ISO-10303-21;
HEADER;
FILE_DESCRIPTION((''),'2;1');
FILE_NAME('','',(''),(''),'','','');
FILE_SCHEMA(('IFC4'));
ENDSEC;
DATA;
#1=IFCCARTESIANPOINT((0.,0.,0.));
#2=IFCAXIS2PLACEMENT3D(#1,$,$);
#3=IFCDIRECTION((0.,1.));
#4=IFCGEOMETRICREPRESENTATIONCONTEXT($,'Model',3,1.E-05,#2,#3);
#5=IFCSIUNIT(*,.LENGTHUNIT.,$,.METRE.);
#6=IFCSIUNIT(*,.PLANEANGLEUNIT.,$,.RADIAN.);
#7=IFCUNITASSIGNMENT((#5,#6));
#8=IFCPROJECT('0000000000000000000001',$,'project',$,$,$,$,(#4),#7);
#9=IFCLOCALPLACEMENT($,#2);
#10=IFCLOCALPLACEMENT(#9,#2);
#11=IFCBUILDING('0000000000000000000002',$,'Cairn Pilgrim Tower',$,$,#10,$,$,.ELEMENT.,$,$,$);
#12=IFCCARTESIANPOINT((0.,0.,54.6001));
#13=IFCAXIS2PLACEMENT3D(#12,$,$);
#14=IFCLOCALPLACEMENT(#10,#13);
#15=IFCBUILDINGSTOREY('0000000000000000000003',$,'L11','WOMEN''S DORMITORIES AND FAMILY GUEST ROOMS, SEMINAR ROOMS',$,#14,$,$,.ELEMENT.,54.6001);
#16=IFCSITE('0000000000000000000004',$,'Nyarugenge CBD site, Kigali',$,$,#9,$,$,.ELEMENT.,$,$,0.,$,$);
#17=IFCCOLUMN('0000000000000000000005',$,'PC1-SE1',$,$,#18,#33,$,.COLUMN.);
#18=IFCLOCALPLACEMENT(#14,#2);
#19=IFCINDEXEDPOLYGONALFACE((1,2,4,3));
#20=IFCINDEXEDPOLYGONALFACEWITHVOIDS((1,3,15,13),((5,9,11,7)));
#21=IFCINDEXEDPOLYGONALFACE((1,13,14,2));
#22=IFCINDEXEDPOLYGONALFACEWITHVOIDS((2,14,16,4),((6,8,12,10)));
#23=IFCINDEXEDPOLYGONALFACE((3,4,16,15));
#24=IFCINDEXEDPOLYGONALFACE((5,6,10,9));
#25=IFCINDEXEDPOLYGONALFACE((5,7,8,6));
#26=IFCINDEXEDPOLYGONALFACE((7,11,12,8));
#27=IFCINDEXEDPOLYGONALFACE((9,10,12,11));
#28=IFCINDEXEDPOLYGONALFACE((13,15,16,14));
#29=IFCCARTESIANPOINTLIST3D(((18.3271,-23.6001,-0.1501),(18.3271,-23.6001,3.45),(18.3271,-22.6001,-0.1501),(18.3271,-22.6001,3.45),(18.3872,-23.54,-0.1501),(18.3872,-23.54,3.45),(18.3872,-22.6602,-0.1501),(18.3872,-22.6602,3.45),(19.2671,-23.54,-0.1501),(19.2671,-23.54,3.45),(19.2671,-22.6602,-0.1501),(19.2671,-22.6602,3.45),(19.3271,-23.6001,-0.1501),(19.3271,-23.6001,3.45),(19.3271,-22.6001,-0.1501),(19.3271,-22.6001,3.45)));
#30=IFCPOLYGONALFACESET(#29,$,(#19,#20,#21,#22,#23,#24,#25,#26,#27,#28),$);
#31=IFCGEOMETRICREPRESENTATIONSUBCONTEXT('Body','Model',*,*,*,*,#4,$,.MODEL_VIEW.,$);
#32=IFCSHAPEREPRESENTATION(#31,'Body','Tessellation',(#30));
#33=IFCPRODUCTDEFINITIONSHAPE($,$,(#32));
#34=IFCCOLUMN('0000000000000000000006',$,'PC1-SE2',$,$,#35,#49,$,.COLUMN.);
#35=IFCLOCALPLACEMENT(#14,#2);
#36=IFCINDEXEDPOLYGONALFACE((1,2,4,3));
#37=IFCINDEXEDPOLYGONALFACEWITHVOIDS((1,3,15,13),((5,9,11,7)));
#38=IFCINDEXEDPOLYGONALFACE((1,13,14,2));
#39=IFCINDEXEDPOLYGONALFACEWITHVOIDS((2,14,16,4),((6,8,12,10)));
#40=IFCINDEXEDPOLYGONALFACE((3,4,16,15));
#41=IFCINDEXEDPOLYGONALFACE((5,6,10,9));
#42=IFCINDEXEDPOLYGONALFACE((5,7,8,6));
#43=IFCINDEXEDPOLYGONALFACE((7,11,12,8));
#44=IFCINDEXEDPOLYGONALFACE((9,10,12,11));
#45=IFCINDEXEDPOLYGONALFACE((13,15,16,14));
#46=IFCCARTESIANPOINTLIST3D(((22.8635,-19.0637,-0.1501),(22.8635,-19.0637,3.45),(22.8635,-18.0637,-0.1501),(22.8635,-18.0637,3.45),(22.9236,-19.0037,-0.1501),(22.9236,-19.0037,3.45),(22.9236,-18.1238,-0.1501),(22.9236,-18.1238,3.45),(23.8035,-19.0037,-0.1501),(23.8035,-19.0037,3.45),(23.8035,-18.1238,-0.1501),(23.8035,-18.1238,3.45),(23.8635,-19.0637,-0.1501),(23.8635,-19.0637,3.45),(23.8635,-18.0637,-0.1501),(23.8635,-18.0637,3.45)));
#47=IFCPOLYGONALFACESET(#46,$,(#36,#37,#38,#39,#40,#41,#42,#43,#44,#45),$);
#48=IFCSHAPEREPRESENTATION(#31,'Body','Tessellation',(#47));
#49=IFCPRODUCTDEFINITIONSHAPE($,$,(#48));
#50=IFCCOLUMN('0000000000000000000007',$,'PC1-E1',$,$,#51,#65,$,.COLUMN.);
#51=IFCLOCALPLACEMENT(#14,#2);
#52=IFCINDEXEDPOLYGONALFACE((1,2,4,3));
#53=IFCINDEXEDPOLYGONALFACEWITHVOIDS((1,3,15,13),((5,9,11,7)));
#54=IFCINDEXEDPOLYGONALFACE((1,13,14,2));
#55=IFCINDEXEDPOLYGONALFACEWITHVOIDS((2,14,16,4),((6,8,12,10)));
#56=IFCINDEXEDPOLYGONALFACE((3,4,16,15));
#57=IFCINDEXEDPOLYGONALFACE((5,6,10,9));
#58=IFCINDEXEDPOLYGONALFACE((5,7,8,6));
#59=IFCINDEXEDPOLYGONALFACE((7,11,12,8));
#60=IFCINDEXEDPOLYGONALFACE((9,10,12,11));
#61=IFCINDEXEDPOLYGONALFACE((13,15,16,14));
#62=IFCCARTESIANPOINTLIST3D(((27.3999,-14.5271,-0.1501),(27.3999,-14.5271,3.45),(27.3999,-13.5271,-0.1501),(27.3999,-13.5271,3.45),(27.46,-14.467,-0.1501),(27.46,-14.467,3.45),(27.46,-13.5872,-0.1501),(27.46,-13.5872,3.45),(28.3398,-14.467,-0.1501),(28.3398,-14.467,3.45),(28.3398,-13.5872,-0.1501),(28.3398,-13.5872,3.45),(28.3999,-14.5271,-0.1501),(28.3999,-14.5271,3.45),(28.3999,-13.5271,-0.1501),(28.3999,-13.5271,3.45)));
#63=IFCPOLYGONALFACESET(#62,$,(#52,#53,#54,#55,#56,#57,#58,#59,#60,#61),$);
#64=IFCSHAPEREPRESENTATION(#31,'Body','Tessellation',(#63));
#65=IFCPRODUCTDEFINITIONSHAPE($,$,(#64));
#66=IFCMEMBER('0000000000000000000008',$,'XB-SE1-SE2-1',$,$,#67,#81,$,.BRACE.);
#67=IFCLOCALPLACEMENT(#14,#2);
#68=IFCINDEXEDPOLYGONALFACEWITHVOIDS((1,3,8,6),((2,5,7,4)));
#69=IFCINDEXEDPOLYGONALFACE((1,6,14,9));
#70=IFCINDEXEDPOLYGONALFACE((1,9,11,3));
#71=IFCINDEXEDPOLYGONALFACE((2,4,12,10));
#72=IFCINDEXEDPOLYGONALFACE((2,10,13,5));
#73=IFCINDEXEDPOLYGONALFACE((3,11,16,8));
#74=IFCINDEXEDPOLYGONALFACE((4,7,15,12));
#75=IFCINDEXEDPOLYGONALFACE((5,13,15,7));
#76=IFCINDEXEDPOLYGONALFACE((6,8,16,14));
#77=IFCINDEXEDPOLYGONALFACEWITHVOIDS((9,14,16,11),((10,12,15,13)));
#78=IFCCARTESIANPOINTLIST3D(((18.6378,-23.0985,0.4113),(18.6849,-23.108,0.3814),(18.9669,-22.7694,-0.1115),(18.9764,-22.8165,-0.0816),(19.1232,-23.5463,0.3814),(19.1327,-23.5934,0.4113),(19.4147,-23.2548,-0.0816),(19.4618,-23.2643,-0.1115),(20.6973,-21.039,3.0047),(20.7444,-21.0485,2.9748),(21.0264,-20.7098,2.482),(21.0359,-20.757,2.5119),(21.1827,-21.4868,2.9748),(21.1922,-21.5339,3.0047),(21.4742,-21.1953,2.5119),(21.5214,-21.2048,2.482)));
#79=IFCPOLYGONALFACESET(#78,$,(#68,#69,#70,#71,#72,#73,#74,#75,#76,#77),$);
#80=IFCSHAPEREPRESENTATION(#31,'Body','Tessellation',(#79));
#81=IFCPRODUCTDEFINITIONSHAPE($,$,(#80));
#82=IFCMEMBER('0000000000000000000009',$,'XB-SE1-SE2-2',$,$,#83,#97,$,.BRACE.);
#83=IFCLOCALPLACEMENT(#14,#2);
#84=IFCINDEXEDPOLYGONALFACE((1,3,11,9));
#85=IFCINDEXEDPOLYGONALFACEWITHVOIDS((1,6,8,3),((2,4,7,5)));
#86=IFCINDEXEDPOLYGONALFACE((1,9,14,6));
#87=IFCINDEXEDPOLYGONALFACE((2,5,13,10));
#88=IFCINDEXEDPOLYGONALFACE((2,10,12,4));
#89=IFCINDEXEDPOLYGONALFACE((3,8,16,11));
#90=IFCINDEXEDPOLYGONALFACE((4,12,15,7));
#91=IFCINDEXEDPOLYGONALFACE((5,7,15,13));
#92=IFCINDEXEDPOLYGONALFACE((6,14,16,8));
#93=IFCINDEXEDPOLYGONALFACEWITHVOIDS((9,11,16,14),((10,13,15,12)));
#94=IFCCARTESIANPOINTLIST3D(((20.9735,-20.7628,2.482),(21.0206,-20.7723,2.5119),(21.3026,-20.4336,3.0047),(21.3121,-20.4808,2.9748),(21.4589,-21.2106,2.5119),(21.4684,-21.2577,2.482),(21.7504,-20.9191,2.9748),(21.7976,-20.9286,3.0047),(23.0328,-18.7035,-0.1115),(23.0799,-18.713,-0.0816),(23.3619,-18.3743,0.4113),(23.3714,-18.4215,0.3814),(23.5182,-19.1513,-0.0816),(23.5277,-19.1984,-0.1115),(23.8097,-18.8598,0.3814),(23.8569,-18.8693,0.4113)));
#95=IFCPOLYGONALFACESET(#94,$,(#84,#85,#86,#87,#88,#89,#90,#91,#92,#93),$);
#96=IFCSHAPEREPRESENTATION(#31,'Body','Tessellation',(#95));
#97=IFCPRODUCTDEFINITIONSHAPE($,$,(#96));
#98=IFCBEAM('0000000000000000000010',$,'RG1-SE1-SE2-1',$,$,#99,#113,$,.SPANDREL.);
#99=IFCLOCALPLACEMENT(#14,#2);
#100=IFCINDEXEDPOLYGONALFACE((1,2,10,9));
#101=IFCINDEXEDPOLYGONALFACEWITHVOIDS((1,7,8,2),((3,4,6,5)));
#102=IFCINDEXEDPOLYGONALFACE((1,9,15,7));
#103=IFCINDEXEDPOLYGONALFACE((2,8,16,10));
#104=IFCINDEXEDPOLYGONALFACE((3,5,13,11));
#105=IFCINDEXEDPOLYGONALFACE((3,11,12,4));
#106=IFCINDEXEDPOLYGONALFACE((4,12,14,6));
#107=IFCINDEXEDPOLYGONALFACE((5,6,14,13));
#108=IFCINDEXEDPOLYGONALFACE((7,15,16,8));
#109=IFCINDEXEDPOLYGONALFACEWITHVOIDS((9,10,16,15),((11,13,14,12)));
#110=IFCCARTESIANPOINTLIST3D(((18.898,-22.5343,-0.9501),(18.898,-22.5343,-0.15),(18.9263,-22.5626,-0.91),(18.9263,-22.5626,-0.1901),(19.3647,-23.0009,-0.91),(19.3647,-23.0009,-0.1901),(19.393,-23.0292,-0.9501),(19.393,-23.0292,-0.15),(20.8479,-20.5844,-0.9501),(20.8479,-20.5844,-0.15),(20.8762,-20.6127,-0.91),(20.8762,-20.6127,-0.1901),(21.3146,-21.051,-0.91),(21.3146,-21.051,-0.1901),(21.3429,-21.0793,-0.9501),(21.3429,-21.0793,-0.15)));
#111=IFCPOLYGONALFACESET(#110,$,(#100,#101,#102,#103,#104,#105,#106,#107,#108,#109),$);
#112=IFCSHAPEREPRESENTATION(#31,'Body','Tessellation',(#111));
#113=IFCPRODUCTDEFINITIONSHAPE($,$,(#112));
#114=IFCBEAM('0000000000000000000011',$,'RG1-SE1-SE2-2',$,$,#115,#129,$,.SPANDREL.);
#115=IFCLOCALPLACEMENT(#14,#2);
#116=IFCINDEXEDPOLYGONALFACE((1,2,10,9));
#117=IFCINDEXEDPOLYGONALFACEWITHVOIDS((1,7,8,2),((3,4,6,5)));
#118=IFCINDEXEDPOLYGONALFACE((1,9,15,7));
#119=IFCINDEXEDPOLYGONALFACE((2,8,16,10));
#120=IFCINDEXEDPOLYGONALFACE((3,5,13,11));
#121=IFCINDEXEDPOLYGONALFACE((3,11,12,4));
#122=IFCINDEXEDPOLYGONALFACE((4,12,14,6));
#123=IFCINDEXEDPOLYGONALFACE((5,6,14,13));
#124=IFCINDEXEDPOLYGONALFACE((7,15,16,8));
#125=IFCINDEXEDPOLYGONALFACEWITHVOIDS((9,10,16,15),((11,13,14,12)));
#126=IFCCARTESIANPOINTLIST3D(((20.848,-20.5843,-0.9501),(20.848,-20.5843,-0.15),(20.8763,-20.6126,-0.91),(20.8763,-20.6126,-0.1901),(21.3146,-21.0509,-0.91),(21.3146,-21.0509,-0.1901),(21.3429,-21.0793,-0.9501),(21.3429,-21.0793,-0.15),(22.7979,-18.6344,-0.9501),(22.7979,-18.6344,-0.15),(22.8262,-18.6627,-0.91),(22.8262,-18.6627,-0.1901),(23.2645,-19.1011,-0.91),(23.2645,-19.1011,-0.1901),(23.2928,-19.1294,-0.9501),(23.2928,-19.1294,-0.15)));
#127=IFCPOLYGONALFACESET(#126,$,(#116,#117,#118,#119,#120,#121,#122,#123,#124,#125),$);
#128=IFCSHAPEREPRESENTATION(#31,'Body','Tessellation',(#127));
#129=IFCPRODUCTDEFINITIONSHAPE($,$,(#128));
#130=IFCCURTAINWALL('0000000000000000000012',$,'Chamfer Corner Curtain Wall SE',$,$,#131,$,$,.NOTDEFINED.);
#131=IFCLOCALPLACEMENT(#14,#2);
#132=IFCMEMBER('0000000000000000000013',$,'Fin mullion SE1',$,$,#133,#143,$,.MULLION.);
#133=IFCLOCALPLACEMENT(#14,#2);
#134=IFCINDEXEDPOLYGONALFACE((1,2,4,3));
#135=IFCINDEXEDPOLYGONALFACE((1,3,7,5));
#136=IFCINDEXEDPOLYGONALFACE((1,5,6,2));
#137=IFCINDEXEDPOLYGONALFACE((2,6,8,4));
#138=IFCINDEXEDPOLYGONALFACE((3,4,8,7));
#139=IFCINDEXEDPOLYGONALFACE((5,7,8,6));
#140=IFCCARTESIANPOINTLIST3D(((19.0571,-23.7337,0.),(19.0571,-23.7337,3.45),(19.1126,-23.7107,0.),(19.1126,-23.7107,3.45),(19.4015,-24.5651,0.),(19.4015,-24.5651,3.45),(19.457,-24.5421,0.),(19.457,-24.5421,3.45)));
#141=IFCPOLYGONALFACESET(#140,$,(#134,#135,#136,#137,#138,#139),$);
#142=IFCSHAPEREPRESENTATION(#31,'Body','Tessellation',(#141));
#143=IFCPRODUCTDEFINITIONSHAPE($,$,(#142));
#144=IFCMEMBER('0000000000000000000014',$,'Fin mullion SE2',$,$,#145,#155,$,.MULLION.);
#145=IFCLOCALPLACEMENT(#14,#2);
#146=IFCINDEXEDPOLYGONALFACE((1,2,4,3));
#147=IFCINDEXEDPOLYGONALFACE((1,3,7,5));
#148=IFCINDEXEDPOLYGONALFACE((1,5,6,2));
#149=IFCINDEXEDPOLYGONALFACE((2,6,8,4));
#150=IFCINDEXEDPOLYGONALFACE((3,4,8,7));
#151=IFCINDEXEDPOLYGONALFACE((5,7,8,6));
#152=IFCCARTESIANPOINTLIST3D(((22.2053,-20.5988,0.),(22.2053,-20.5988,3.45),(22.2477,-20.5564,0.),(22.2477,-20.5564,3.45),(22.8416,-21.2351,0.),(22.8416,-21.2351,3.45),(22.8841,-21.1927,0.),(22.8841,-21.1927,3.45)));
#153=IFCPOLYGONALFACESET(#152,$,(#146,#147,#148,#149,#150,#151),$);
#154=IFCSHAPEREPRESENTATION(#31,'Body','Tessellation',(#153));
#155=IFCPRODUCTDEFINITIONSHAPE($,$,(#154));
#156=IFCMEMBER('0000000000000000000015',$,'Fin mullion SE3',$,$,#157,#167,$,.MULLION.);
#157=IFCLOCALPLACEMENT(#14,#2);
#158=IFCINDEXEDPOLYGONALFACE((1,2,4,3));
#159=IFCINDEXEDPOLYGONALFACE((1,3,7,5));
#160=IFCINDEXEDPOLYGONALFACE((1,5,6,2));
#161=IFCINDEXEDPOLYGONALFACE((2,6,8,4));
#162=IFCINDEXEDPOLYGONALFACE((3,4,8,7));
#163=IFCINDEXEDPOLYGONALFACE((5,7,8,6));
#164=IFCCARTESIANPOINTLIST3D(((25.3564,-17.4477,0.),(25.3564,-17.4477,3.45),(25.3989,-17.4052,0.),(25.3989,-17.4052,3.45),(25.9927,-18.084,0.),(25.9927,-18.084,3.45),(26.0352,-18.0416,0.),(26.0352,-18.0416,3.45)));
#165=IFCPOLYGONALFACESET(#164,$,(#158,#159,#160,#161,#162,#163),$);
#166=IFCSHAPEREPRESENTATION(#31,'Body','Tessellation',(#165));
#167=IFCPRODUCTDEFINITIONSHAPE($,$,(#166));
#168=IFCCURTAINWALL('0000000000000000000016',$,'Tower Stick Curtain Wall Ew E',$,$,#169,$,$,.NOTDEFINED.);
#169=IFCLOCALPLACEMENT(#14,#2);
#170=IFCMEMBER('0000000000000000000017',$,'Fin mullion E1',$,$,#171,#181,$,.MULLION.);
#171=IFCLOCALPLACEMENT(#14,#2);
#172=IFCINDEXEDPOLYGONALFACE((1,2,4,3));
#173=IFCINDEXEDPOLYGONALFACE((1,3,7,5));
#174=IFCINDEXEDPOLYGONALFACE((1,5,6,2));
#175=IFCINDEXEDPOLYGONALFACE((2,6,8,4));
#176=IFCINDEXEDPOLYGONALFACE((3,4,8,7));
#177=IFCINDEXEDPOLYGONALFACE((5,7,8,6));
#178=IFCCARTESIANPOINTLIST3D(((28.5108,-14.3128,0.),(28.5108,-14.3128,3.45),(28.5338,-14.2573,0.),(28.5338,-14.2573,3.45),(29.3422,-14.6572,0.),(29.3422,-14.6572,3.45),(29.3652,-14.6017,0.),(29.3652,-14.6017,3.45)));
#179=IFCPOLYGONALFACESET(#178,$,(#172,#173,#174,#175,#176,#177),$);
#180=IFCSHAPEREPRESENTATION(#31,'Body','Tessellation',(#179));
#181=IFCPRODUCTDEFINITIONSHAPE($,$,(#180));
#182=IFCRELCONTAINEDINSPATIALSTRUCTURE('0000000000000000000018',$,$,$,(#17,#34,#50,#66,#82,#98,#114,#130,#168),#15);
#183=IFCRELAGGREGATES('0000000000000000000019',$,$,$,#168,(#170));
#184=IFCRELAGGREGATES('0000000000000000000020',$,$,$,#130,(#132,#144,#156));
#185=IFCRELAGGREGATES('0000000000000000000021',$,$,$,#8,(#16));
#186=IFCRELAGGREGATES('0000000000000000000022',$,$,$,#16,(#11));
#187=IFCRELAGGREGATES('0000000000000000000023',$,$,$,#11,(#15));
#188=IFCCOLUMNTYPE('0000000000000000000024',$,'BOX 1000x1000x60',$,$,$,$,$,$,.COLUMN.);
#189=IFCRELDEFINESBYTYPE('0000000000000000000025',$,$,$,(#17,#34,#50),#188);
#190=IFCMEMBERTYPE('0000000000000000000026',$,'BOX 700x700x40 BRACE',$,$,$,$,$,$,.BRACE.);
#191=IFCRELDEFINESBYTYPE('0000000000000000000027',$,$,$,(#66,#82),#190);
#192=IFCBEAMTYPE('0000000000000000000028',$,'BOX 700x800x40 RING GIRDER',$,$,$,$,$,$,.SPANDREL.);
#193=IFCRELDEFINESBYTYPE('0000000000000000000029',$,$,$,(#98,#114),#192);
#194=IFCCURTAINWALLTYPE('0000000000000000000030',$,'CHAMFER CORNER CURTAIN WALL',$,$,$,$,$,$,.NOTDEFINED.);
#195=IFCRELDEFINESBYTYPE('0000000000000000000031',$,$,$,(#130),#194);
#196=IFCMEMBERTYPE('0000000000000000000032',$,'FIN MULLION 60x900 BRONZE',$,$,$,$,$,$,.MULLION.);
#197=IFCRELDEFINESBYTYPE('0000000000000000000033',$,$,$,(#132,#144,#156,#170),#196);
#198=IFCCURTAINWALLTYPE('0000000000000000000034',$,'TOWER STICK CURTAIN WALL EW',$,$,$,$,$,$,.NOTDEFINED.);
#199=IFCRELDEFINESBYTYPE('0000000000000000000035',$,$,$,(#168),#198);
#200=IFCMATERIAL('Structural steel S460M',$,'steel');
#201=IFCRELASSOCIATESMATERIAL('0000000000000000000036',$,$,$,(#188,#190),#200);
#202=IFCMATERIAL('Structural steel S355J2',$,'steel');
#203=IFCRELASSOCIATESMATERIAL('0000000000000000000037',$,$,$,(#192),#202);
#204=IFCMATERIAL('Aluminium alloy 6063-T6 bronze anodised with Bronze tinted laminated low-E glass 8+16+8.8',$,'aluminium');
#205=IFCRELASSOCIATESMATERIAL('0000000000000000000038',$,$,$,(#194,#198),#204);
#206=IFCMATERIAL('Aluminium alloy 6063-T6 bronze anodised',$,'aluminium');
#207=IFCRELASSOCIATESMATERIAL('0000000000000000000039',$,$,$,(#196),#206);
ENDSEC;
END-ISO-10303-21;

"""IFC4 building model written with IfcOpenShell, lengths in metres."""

from ifc_helpers import new_model, si_unit, direction, frame, origin, origin_2d, place, context, subcontext, project, spatial, rectangle, hollow_rectangle, extrude, material, material_profile, profile_set, type_object, element, aggregate, save


model = new_model("IFC4")

# Units and contexts
model_context = context("Model", 3, precision=1e-05, world=origin(), true_north=direction((0.0, 1.0)))
body_context = subcontext(model_context, "Body", "Model", "MODEL_VIEW")
ifc_project = project(units=[si_unit("LENGTHUNIT", "METRE"), si_unit("PLANEANGLEUNIT", "RADIAN")], contexts=[model_context])

# Site, building, storey
site_placement = place(None, origin())
site = spatial("IfcSite", under=ifc_project, at=site_placement, Name="Nyarugenge CBD site, Kigali", CompositionType="ELEMENT", RefElevation=0.0)
building_placement = place(site_placement, origin())
building = spatial("IfcBuilding", under=site, at=building_placement, Name="Cairn Pilgrim Tower", CompositionType="ELEMENT")
storey_placement = place(building_placement, frame((0.0, 0.0, 54.6001)))
storey = spatial("IfcBuildingStorey", under=building, at=storey_placement, Name="L11", Description="WOMEN'S DORMITORIES AND FAMILY GUEST ROOMS, SEMINAR ROOMS", CompositionType="ELEMENT", Elevation=54.6001)

# Columns
ifc_material_1 = material(Name="Structural steel S460M", Category="steel")
ifc_material_profile_1 = material_profile(ifc_material_1, hollow_rectangle(XDim=1.0, YDim=1.0, WallThickness=0.0601, at=origin_2d()), Name="BOX 1000x1000x60")
ifc_profile_set_1 = profile_set([ifc_material_profile_1], Name="Structural steel S460M")
column_type = type_object("IfcColumnType", Name="BOX 1000x1000x60", PredefinedType="COLUMN", material=ifc_profile_set_1)
for number, where, z_axis, x_axis, name in (
    (1, (18.8271, -23.1001, -0.1501), (0.0, 0.0, 1.0), (1.0, 0.0, 0.0), "PC1-SE1"),
    (2, (23.3635, -18.5637, -0.1501), (0.0, 0.0, 1.0), (1.0, 0.0, 0.0), "PC1-SE2"),
    (3, (27.8999, -14.0271, -0.1501), (0.0, 0.0, 1.0), (1.0, 0.0, 0.0), "PC1-E1"),
):
    element("IfcColumn", number, at=place(storey_placement, frame(where, z_axis=z_axis, x_axis=x_axis)), inside=storey, type_object=column_type, Name=name, PredefinedType="COLUMN", context=body_context, shape_type="SweptSolid", body=[
        extrude(hollow_rectangle(XDim=1.0, YDim=1.0, WallThickness=0.0601, at=origin_2d()), origin(), (0.0, 0.0, 1.0), 3.6001),
    ])

# Members
ifc_material_profile_2 = material_profile(ifc_material_1, hollow_rectangle(XDim=0.7, YDim=0.7, WallThickness=0.04, at=origin_2d()), Name="BOX 700x700x40")
ifc_profile_set_2 = profile_set([ifc_material_profile_2], Name="Structural steel S460M")
member_type_1 = type_object("IfcMemberType", Name="BOX 700x700x40 BRACE", PredefinedType="BRACE", material=ifc_profile_set_2)
member_1_placement = place(storey_placement, frame((19.0498, -23.1814, 0.1499), z_axis=(0.528096, 0.528096, 0.665003), x_axis=(-0.707107, 0.707107, 0.0)))
element("IfcMember", 4, at=member_1_placement, inside=storey, type_object=member_type_1, Name="XB-SE1-SE2-1", PredefinedType="BRACE", context=body_context, shape_type="SweptSolid", body=[
    extrude(hollow_rectangle(XDim=0.7, YDim=0.7, WallThickness=0.04, at=origin_2d()), origin(), (0.0, 0.0, 1.0), 3.8999),
])
member_2_placement = place(storey_placement, frame((23.4448, -18.7864, 0.1499), z_axis=(-0.528068, -0.528068, 0.665047), x_axis=(0.707107, -0.707107, 0.0)))
element("IfcMember", 5, at=member_2_placement, inside=storey, type_object=member_type_1, Name="XB-SE1-SE2-2", PredefinedType="BRACE", context=body_context, shape_type="SweptSolid", body=[
    extrude(hollow_rectangle(XDim=0.7, YDim=0.7, WallThickness=0.04, at=origin_2d()), origin(), (0.0, 0.0, 1.0), 3.8997),
])

# Beams
ifc_material_2 = material(Name="Structural steel S355J2", Category="steel")
ifc_material_profile_3 = material_profile(ifc_material_2, hollow_rectangle(XDim=0.7, YDim=0.8, WallThickness=0.04, at=origin_2d()), Name="BOX 700x800x40")
ifc_profile_set_3 = profile_set([ifc_material_profile_3], Name="Structural steel S355J2")
beam_type_1 = type_object("IfcBeamType", Name="BOX 700x800x40 RING GIRDER", PredefinedType="SPANDREL", material=ifc_profile_set_3)
for number, where, z_axis, x_axis, name in (
    (6, (19.1455, -22.7817, -0.55), (0.707107, 0.707107, 0.0), (-0.707107, 0.707107, 0.0), "RG1-SE1-SE2-1"),
    (7, (21.0955, -20.8318, -0.55), (0.707107, 0.707107, 0.0), (-0.707107, 0.707107, 0.0), "RG1-SE1-SE2-2"),
):
    element("IfcBeam", number, at=place(storey_placement, frame(where, z_axis=z_axis, x_axis=x_axis)), inside=storey, type_object=beam_type_1, Name=name, PredefinedType="SPANDREL", context=body_context, shape_type="SweptSolid", body=[
        extrude(hollow_rectangle(XDim=0.7, YDim=0.8, WallThickness=0.04, at=origin_2d()), origin(), (0.0, 0.0, 1.0), 2.7576),
    ])

# Curtain wall, members
ifc_material_3 = material(Name="Aluminium alloy 6063-T6 bronze anodised with Bronze tinted laminated low-E glass 8+16+8.8", Category="aluminium")
curtain_wall_type_1 = type_object("IfcCurtainWallType", Name="CHAMFER CORNER CURTAIN WALL", PredefinedType="NOTDEFINED", material=ifc_material_3)
curtain_wall_1_placement = place(storey_placement, origin())
curtain_wall_1 = element("IfcCurtainWall", 8, at=curtain_wall_1_placement, inside=storey, type_object=curtain_wall_type_1, Name="Chamfer Corner Curtain Wall SE", PredefinedType="NOTDEFINED")
ifc_material_4 = material(Name="Aluminium alloy 6063-T6 bronze anodised", Category="aluminium")
ifc_material_profile_4 = material_profile(ifc_material_4, rectangle(XDim=0.8999, YDim=0.0601, at=origin_2d()), Name="FIN MULLION 60x900 BRONZE")
ifc_profile_set_4 = profile_set([ifc_material_profile_4], Name="Aluminium alloy 6063-T6 bronze anodised")
member_type_2 = type_object("IfcMemberType", Name="FIN MULLION 60x900 BRONZE", PredefinedType="MULLION", material=ifc_profile_set_4)
member_3_placement = place(storey_placement, frame((19.2571, -24.1379, 0.0), z_axis=(0.0, 0.0, 1.0), x_axis=(0.382683, -0.92388, 0.0)))
member_3 = element("IfcMember", 9, at=member_3_placement, type_object=member_type_2, Name="Fin mullion SE1", PredefinedType="MULLION", context=body_context, shape_type="SweptSolid", body=[
    extrude(rectangle(XDim=0.8999, YDim=0.0601, at=origin_2d()), origin(), (0.0, 0.0, 1.0), 3.45),
])
member_4_placement = place(storey_placement, frame((22.5447, -20.8958, 0.0), z_axis=(0.0, 0.0, 1.0), x_axis=(0.707107, -0.707107, 0.0)))
member_4 = element("IfcMember", 10, at=member_4_placement, type_object=member_type_2, Name="Fin mullion SE2", PredefinedType="MULLION", context=body_context, shape_type="SweptSolid", body=[
    extrude(rectangle(XDim=0.8999, YDim=0.0601, at=origin_2d()), origin(), (0.0, 0.0, 1.0), 3.45),
])
member_5_placement = place(storey_placement, frame((25.6958, -17.7446, 0.0), z_axis=(0.0, 0.0, 1.0), x_axis=(0.707107, -0.707107, 0.0)))
member_5 = element("IfcMember", 11, at=member_5_placement, type_object=member_type_2, Name="Fin mullion SE3", PredefinedType="MULLION", context=body_context, shape_type="SweptSolid", body=[
    extrude(rectangle(XDim=0.8999, YDim=0.0601, at=origin_2d()), origin(), (0.0, 0.0, 1.0), 3.45),
])

# Curtain wall, member
curtain_wall_type_2 = type_object("IfcCurtainWallType", Name="TOWER STICK CURTAIN WALL EW", PredefinedType="NOTDEFINED", material=ifc_material_3)
curtain_wall_2_placement = place(storey_placement, origin())
curtain_wall_2 = element("IfcCurtainWall", 12, at=curtain_wall_2_placement, inside=storey, type_object=curtain_wall_type_2, Name="Tower Stick Curtain Wall Ew E", PredefinedType="NOTDEFINED")
member_6_placement = place(storey_placement, frame((28.938, -14.4573, 0.0), z_axis=(0.0, 0.0, 1.0), x_axis=(0.92388, -0.382683, 0.0)))
member_6 = element("IfcMember", 13, at=member_6_placement, type_object=member_type_2, Name="Fin mullion E1", PredefinedType="MULLION", context=body_context, shape_type="SweptSolid", body=[
    extrude(rectangle(XDim=0.8999, YDim=0.0601, at=origin_2d()), origin(), (0.0, 0.0, 1.0), 3.45),
])

aggregate(curtain_wall_2, [member_6])

aggregate(curtain_wall_1, [member_3, member_4, member_5])

save(model, "model.ifc")
